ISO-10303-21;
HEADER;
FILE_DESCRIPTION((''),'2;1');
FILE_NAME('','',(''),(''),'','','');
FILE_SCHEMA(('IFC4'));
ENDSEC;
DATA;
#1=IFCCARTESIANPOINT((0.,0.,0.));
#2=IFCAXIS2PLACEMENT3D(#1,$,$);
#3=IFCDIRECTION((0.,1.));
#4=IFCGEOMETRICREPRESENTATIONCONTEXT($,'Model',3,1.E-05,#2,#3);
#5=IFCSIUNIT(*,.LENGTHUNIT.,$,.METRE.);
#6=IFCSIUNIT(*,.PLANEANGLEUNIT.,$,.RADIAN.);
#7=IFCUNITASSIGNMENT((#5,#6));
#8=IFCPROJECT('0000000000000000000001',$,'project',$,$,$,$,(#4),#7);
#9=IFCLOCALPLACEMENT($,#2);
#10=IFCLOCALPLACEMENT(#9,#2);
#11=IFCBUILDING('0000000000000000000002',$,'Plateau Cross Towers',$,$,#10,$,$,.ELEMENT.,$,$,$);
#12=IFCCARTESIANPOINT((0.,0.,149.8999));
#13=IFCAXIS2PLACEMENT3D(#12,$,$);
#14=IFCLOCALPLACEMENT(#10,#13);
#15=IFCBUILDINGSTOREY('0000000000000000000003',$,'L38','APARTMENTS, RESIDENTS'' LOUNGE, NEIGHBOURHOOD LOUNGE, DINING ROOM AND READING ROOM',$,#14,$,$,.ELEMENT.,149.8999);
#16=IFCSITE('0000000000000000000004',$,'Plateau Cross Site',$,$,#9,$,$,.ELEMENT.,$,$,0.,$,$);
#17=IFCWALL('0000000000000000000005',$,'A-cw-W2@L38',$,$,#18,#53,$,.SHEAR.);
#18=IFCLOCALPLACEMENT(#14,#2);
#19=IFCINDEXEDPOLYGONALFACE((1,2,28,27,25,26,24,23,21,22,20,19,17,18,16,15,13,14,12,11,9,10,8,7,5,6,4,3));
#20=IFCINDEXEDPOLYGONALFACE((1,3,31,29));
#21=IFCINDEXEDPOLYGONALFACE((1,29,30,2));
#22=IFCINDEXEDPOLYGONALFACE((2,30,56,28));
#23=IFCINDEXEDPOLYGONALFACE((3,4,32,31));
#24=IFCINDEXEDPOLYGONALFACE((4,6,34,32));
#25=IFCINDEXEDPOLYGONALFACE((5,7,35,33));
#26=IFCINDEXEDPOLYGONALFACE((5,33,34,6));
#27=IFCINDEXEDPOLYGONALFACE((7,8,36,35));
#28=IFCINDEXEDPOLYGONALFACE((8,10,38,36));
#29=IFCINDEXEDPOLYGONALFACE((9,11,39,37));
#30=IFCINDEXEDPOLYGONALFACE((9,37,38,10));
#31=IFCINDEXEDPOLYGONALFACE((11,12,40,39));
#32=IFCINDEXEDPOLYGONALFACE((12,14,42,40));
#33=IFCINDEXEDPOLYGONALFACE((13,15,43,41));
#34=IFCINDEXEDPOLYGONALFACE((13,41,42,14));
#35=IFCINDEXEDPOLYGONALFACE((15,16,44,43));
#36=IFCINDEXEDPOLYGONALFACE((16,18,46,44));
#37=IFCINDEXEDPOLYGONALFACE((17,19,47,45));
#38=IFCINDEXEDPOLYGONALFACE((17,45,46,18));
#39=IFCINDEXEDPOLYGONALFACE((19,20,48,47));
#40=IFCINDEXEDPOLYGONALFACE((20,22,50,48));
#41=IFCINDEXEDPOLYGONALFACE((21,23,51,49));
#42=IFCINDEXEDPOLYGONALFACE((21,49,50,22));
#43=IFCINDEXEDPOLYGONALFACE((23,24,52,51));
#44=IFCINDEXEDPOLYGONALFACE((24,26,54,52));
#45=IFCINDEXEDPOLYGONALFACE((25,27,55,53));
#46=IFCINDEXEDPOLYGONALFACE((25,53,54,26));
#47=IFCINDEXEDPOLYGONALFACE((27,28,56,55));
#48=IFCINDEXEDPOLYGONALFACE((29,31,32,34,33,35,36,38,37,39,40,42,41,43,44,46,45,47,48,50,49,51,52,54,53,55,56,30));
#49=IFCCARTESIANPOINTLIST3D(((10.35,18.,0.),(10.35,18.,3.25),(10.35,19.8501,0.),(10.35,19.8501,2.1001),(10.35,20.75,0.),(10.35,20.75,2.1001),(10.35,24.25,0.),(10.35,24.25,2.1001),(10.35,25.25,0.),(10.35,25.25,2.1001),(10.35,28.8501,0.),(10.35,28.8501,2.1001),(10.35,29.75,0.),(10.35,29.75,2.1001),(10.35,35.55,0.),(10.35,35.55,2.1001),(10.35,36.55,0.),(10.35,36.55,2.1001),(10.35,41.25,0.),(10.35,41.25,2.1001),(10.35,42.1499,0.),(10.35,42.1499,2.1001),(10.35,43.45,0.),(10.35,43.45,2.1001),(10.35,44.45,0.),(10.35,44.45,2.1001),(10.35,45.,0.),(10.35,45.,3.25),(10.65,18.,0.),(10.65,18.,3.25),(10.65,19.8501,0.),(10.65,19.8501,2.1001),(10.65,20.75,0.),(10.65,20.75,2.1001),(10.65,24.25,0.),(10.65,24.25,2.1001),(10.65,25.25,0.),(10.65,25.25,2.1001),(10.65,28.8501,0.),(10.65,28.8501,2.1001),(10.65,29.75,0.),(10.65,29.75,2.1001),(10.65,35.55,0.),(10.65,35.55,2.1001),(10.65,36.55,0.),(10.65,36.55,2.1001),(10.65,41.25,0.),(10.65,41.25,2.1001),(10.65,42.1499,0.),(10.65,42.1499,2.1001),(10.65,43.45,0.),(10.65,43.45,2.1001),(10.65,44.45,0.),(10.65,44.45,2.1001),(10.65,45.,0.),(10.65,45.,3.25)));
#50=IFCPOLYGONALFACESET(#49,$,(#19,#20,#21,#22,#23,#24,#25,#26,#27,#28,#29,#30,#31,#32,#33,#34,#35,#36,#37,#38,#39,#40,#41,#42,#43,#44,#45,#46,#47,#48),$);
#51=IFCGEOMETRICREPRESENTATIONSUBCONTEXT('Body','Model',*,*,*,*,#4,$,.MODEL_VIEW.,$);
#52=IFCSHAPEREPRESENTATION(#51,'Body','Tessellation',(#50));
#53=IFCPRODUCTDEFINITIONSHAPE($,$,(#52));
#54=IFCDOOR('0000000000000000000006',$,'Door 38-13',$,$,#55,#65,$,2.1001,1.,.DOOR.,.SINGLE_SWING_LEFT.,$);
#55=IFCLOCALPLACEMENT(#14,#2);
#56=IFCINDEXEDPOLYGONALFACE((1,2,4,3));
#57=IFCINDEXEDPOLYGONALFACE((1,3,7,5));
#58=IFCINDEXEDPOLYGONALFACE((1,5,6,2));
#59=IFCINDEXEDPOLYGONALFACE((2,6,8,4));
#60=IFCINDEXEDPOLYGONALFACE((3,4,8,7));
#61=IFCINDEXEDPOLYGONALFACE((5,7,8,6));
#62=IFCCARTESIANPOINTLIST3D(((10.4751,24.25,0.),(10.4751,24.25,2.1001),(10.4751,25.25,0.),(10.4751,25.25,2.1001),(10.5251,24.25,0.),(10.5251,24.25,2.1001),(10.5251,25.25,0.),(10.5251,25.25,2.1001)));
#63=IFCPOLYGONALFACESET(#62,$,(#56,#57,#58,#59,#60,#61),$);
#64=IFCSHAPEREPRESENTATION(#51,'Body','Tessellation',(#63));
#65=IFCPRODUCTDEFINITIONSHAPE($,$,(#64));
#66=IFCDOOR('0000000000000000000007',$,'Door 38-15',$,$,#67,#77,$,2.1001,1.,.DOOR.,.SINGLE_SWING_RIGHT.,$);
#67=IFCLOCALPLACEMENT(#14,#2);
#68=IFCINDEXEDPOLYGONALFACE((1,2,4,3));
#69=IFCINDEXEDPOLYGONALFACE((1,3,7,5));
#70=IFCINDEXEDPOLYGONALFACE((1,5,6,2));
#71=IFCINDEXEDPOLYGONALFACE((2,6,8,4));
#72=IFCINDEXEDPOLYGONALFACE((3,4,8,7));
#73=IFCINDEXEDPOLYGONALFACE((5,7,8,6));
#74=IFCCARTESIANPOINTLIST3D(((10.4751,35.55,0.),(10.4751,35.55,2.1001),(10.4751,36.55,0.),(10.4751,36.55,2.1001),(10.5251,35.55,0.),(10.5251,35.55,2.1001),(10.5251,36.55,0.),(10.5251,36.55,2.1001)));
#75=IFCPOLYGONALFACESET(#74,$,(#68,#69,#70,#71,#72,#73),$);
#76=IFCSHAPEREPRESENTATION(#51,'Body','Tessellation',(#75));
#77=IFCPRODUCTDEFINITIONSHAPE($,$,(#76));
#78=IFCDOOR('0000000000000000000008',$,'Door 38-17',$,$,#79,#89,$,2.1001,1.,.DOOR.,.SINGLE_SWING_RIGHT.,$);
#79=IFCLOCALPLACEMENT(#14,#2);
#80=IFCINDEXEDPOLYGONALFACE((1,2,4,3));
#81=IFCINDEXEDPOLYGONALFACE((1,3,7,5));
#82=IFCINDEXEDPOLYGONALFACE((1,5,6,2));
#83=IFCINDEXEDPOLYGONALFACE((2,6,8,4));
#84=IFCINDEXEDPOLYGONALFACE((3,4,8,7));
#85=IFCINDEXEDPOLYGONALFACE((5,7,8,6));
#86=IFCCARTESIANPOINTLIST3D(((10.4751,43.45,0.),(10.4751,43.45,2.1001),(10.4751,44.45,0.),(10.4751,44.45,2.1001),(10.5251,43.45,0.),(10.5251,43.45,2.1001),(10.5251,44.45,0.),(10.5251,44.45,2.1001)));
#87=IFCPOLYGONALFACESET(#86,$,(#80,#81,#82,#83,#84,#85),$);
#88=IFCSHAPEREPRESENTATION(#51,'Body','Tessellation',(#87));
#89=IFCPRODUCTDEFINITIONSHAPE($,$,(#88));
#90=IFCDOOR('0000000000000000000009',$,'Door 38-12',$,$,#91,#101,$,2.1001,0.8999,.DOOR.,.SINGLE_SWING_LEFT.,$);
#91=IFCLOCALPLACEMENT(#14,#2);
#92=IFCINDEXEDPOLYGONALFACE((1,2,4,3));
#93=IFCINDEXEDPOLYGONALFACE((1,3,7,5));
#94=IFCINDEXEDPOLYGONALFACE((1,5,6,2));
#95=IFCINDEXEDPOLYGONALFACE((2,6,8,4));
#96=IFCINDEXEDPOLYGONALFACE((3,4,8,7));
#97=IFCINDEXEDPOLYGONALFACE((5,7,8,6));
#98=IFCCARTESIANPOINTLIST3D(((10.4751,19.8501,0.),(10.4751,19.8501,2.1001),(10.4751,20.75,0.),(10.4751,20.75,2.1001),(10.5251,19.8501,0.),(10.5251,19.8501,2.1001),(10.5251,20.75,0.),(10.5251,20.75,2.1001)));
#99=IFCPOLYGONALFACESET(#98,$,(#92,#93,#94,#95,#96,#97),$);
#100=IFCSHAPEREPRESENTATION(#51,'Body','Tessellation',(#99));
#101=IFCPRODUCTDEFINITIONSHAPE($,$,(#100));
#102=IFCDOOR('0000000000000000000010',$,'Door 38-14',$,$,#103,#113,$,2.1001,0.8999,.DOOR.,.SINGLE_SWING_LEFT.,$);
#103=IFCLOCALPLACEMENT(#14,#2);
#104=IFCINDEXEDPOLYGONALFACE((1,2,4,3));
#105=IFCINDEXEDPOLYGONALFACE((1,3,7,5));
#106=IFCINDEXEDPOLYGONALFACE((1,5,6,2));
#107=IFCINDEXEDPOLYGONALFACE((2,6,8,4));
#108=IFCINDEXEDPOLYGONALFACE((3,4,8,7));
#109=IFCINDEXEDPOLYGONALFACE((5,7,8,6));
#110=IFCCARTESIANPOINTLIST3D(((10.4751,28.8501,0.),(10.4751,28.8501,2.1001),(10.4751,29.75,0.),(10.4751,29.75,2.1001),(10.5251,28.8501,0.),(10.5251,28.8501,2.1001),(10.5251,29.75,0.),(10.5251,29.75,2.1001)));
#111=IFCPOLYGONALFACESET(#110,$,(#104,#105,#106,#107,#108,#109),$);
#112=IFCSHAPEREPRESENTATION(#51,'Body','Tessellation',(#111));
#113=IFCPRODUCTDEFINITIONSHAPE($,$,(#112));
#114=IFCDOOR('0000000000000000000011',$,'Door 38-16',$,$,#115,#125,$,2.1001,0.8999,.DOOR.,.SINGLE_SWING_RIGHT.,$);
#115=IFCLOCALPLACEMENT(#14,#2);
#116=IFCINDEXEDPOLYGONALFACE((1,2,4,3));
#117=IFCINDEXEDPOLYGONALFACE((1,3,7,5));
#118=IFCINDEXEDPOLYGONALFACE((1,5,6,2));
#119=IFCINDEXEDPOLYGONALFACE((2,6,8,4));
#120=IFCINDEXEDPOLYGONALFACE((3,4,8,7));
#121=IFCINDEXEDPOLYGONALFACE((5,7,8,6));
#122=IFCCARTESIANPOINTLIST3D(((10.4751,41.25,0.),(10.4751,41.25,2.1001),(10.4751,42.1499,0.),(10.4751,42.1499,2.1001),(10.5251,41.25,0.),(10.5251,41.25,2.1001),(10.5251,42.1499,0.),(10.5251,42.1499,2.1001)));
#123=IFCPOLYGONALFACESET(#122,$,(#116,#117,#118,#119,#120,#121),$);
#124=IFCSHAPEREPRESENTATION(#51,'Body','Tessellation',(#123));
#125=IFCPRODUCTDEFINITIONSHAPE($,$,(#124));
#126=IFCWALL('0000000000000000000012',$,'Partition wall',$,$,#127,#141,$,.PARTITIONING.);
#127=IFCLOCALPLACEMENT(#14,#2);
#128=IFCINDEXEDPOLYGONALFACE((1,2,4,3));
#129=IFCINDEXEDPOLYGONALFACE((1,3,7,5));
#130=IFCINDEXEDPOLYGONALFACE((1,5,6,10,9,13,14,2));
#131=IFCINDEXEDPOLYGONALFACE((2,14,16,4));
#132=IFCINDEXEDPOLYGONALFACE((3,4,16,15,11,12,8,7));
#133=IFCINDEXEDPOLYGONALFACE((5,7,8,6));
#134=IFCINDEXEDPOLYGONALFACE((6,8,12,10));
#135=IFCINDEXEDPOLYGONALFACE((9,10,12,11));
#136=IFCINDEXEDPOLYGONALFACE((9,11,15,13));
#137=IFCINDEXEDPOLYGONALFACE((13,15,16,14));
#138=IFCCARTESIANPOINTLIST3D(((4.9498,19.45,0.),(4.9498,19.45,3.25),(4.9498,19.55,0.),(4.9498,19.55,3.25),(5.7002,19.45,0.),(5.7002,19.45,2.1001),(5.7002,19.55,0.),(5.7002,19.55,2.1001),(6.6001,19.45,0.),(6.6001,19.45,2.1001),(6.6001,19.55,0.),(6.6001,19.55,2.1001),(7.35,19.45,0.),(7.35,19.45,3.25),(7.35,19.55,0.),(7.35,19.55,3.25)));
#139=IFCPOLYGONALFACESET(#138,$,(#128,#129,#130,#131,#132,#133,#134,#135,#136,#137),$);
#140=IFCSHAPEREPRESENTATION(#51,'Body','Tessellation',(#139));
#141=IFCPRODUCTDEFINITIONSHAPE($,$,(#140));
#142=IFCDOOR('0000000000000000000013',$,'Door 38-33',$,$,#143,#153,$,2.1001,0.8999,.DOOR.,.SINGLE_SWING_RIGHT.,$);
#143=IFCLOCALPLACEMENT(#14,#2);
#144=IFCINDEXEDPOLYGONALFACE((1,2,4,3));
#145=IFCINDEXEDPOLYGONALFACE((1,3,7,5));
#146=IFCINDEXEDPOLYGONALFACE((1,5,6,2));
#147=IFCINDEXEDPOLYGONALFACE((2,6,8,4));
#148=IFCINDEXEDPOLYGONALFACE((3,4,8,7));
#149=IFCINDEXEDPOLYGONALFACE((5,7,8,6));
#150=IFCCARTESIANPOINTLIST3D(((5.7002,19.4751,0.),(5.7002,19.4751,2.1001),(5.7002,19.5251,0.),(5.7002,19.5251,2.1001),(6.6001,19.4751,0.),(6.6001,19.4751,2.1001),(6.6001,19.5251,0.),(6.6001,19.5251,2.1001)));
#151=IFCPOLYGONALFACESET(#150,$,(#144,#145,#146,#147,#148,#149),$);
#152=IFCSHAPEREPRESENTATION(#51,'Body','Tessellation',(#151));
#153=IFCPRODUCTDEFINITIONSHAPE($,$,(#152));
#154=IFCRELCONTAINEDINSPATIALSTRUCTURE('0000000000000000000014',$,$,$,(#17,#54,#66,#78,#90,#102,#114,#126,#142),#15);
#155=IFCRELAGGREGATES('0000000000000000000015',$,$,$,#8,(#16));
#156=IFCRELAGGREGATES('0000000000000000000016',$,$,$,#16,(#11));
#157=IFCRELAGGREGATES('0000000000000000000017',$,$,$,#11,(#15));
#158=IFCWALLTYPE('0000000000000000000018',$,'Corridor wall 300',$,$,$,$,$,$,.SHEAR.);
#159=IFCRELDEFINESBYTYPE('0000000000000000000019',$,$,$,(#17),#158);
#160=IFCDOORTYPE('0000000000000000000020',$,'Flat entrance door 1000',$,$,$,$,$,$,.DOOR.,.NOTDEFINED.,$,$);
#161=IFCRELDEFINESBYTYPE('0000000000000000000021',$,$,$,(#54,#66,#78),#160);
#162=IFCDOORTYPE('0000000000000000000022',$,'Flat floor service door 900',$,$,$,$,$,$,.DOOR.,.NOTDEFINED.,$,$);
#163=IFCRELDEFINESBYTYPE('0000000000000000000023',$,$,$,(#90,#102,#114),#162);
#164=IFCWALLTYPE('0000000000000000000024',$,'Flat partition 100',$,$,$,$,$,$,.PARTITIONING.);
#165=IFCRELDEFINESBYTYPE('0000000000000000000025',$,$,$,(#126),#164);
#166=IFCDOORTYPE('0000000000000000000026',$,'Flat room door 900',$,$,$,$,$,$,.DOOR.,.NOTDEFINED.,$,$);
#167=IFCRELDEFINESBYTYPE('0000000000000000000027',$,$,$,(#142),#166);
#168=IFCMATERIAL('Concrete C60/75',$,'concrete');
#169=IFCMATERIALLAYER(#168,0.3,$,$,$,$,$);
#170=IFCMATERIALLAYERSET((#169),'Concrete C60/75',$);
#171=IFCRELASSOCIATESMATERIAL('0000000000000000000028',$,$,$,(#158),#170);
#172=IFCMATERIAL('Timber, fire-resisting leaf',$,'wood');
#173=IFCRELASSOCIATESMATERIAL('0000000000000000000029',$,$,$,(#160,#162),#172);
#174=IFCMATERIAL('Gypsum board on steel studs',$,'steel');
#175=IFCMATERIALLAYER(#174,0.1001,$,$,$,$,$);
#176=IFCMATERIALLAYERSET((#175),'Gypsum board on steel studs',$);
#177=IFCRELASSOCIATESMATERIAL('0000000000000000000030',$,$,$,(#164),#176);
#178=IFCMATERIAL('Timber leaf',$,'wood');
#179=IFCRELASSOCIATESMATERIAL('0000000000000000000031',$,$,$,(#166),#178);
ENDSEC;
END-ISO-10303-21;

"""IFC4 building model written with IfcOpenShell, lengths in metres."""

from ifc_helpers import new_model, si_unit, direction, frame, frame_2d, origin, place, context, subcontext, project, spatial, rectangle, extrude, material, layer, layer_set, type_object, element, fill, save


model = new_model("IFC4")

# Units and contexts
model_context = context("Model", 3, precision=1e-05, world=origin(), true_north=direction((0.0, 1.0)))
body_context = subcontext(model_context, "Body", "Model", "MODEL_VIEW")
ifc_project = project(units=[si_unit("LENGTHUNIT", "METRE"), si_unit("PLANEANGLEUNIT", "RADIAN")], contexts=[model_context])

# Site, building, storey
site_placement = place(None, origin())
site = spatial("IfcSite", under=ifc_project, at=site_placement, Name="Plateau Cross Site", CompositionType="ELEMENT", RefElevation=0.0)
building_placement = place(site_placement, origin())
building = spatial("IfcBuilding", under=site, at=building_placement, Name="Plateau Cross Towers", CompositionType="ELEMENT")
storey_placement = place(building_placement, frame((0.0, 0.0, 149.8999)))
storey = spatial("IfcBuildingStorey", under=building, at=storey_placement, Name="L38", Description="APARTMENTS, RESIDENTS' LOUNGE, NEIGHBOURHOOD LOUNGE, DINING ROOM AND READING ROOM", CompositionType="ELEMENT", Elevation=149.8999)

# Shared definitions
ifc_material_1 = material(Name="Concrete C60/75", Category="concrete")

# Wall, openings, doors
ifc_layer_1 = layer(ifc_material_1, 0.3)
ifc_layer_set_1 = layer_set([ifc_layer_1], Name="Concrete C60/75")
wall_type_1 = type_object("IfcWallType", Name="Corridor wall 300", PredefinedType="SHEAR", material=ifc_layer_set_1)
ifc_material_2 = material(Name="Timber, fire-resisting leaf", Category="wood")
door_type_1 = type_object("IfcDoorType", Name="Flat entrance door 1000", OperationType="NOTDEFINED", PredefinedType="DOOR", material=ifc_material_2)
wall_1_placement = place(storey_placement, frame((10.5, 18.0, 0.0), z_axis=(0.0, 0.0, 1.0), x_axis=(0.0, 1.0, 0.0)))
wall_1 = element("IfcWall", 1, at=wall_1_placement, inside=storey, type_object=wall_type_1, Name="A-cw-W2@L38", PredefinedType="SHEAR", context=body_context, shape_type="SweptSolid", body=[
    extrude(rectangle(XDim=27.0, YDim=0.3, at=frame_2d((13.5, 0.0))), origin(), (0.0, 0.0, 1.0), 3.25),
])
opening_1_placement = place(wall_1_placement, frame((1.8501, 0.0, 0.0)))
opening_1 = element("IfcOpeningElement", 2, at=opening_1_placement, cuts=wall_1, PredefinedType="OPENING", context=body_context, shape_type="SweptSolid", body=[
    extrude(rectangle(XDim=0.8999, YDim=2.1001, at=frame_2d((0.45, 1.05))), frame((0.0, 0.1599, 0.0), z_axis=(0.0, -1.0, 0.0), x_axis=(1.0, 0.0, 0.0)), (0.0, 0.0, 1.0), 0.3201),
])
opening_2_placement = place(wall_1_placement, frame((6.25, 0.0, 0.0)))
opening_2 = element("IfcOpeningElement", 3, at=opening_2_placement, cuts=wall_1, PredefinedType="OPENING", context=body_context, shape_type="SweptSolid", body=[
    extrude(rectangle(XDim=1.0, YDim=2.1001, at=frame_2d((0.5, 1.05))), frame((0.0, 0.1599, 0.0), z_axis=(0.0, -1.0, 0.0), x_axis=(1.0, 0.0, 0.0)), (0.0, 0.0, 1.0), 0.3201),
])
opening_3_placement = place(wall_1_placement, frame((10.8501, 0.0, 0.0)))
opening_3 = element("IfcOpeningElement", 4, at=opening_3_placement, cuts=wall_1, PredefinedType="OPENING", context=body_context, shape_type="SweptSolid", body=[
    extrude(rectangle(XDim=0.8999, YDim=2.1001, at=frame_2d((0.45, 1.05))), frame((0.0, 0.1599, 0.0), z_axis=(0.0, -1.0, 0.0), x_axis=(1.0, 0.0, 0.0)), (0.0, 0.0, 1.0), 0.3201),
])
opening_4_placement = place(wall_1_placement, frame((17.55, 0.0, 0.0)))
opening_4 = element("IfcOpeningElement", 5, at=opening_4_placement, cuts=wall_1, PredefinedType="OPENING", context=body_context, shape_type="SweptSolid", body=[
    extrude(rectangle(XDim=1.0, YDim=2.1001, at=frame_2d((0.5, 1.05))), frame((0.0, 0.1599, 0.0), z_axis=(0.0, -1.0, 0.0), x_axis=(1.0, 0.0, 0.0)), (0.0, 0.0, 1.0), 0.3201),
])
opening_5_placement = place(wall_1_placement, frame((23.25, 0.0, 0.0)))
opening_5 = element("IfcOpeningElement", 6, at=opening_5_placement, cuts=wall_1, PredefinedType="OPENING", context=body_context, shape_type="SweptSolid", body=[
    extrude(rectangle(XDim=0.8999, YDim=2.1001, at=frame_2d((0.45, 1.05))), frame((0.0, 0.1599, 0.0), z_axis=(0.0, -1.0, 0.0), x_axis=(1.0, 0.0, 0.0)), (0.0, 0.0, 1.0), 0.3201),
])
opening_6_placement = place(wall_1_placement, frame((25.45, 0.0, 0.0)))
opening_6 = element("IfcOpeningElement", 7, at=opening_6_placement, cuts=wall_1, PredefinedType="OPENING", context=body_context, shape_type="SweptSolid", body=[
    extrude(rectangle(XDim=1.0, YDim=2.1001, at=frame_2d((0.5, 1.05))), frame((0.0, 0.1599, 0.0), z_axis=(0.0, -1.0, 0.0), x_axis=(1.0, 0.0, 0.0)), (0.0, 0.0, 1.0), 0.3201),
])
door_1_placement = place(opening_2_placement, origin())
door_1 = element("IfcDoor", 8, at=door_1_placement, inside=storey, type_object=door_type_1, Name="Door 38-13", OperationType="SINGLE_SWING_LEFT", OverallHeight=2.1001, OverallWidth=1.0, PredefinedType="DOOR", context=body_context, shape_type="SweptSolid", body=[
    extrude(rectangle(XDim=1.0, YDim=2.1001, at=frame_2d((0.5, 1.05))), frame((0.0, 0.0249, 0.0), z_axis=(0.0, -1.0, 0.0), x_axis=(1.0, 0.0, 0.0)), (0.0, 0.0, 1.0), 0.05),
])
fill(opening_2, door_1)
door_2_placement = place(opening_4_placement, origin())
door_2 = element("IfcDoor", 9, at=door_2_placement, inside=storey, type_object=door_type_1, Name="Door 38-15", OperationType="SINGLE_SWING_RIGHT", OverallHeight=2.1001, OverallWidth=1.0, PredefinedType="DOOR", context=body_context, shape_type="SweptSolid", body=[
    extrude(rectangle(XDim=1.0, YDim=2.1001, at=frame_2d((0.5, 1.05))), frame((0.0, 0.0249, 0.0), z_axis=(0.0, -1.0, 0.0), x_axis=(1.0, 0.0, 0.0)), (0.0, 0.0, 1.0), 0.05),
])
fill(opening_4, door_2)
door_3_placement = place(opening_6_placement, origin())
door_3 = element("IfcDoor", 10, at=door_3_placement, inside=storey, type_object=door_type_1, Name="Door 38-17", OperationType="SINGLE_SWING_RIGHT", OverallHeight=2.1001, OverallWidth=1.0, PredefinedType="DOOR", context=body_context, shape_type="SweptSolid", body=[
    extrude(rectangle(XDim=1.0, YDim=2.1001, at=frame_2d((0.5, 1.05))), frame((0.0, 0.0249, 0.0), z_axis=(0.0, -1.0, 0.0), x_axis=(1.0, 0.0, 0.0)), (0.0, 0.0, 1.0), 0.05),
])
fill(opening_6, door_3)
door_type_2 = type_object("IfcDoorType", Name="Flat floor service door 900", OperationType="NOTDEFINED", PredefinedType="DOOR", material=ifc_material_2)
door_4_placement = place(opening_1_placement, origin())
door_4 = element("IfcDoor", 11, at=door_4_placement, inside=storey, type_object=door_type_2, Name="Door 38-12", OperationType="SINGLE_SWING_LEFT", OverallHeight=2.1001, OverallWidth=0.8999, PredefinedType="DOOR", context=body_context, shape_type="SweptSolid", body=[
    extrude(rectangle(XDim=0.8999, YDim=2.1001, at=frame_2d((0.45, 1.05))), frame((0.0, 0.0249, 0.0), z_axis=(0.0, -1.0, 0.0), x_axis=(1.0, 0.0, 0.0)), (0.0, 0.0, 1.0), 0.05),
])
fill(opening_1, door_4)
door_5_placement = place(opening_3_placement, origin())
door_5 = element("IfcDoor", 12, at=door_5_placement, inside=storey, type_object=door_type_2, Name="Door 38-14", OperationType="SINGLE_SWING_LEFT", OverallHeight=2.1001, OverallWidth=0.8999, PredefinedType="DOOR", context=body_context, shape_type="SweptSolid", body=[
    extrude(rectangle(XDim=0.8999, YDim=2.1001, at=frame_2d((0.45, 1.05))), frame((0.0, 0.0249, 0.0), z_axis=(0.0, -1.0, 0.0), x_axis=(1.0, 0.0, 0.0)), (0.0, 0.0, 1.0), 0.05),
])
fill(opening_3, door_5)
door_6_placement = place(opening_5_placement, origin())
door_6 = element("IfcDoor", 13, at=door_6_placement, inside=storey, type_object=door_type_2, Name="Door 38-16", OperationType="SINGLE_SWING_RIGHT", OverallHeight=2.1001, OverallWidth=0.8999, PredefinedType="DOOR", context=body_context, shape_type="SweptSolid", body=[
    extrude(rectangle(XDim=0.8999, YDim=2.1001, at=frame_2d((0.45, 1.05))), frame((0.0, 0.0249, 0.0), z_axis=(0.0, -1.0, 0.0), x_axis=(1.0, 0.0, 0.0)), (0.0, 0.0, 1.0), 0.05),
])
fill(opening_5, door_6)

# Wall, opening, door
ifc_material_3 = material(Name="Gypsum board on steel studs", Category="steel")
ifc_layer_2 = layer(ifc_material_3, 0.1001)
ifc_layer_set_2 = layer_set([ifc_layer_2], Name="Gypsum board on steel studs")
wall_type_2 = type_object("IfcWallType", Name="Flat partition 100", PredefinedType="PARTITIONING", material=ifc_layer_set_2)
wall_2_placement = place(storey_placement, frame((7.3501, 19.5, 0.0), z_axis=(0.0, 0.0, 1.0), x_axis=(-1.0, 0.0, 0.0)))
wall_2 = element("IfcWall", 14, at=wall_2_placement, inside=storey, type_object=wall_type_2, Name="Partition wall", PredefinedType="PARTITIONING", context=body_context, shape_type="SweptSolid", body=[
    extrude(rectangle(XDim=2.4001, YDim=0.1001, at=frame_2d((1.2002, 0.0))), origin(), (0.0, 0.0, 1.0), 3.25),
])
opening_7_placement = place(wall_2_placement, frame((0.75, 0.0, 0.0)))
opening_7 = element("IfcOpeningElement", 15, at=opening_7_placement, cuts=wall_2, PredefinedType="OPENING", context=body_context, shape_type="SweptSolid", body=[
    extrude(rectangle(XDim=0.8999, YDim=2.1001, at=frame_2d((0.45, 1.05))), frame((0.0, 0.0601, 0.0), z_axis=(0.0, -1.0, 0.0), x_axis=(1.0, 0.0, 0.0)), (0.0, 0.0, 1.0), 0.1201),
])
ifc_material_4 = material(Name="Timber leaf", Category="wood")
door_type_3 = type_object("IfcDoorType", Name="Flat room door 900", OperationType="NOTDEFINED", PredefinedType="DOOR", material=ifc_material_4)
door_7_placement = place(opening_7_placement, origin())
door_7 = element("IfcDoor", 16, at=door_7_placement, inside=storey, type_object=door_type_3, Name="Door 38-33", OperationType="SINGLE_SWING_RIGHT", OverallHeight=2.1001, OverallWidth=0.8999, PredefinedType="DOOR", context=body_context, shape_type="SweptSolid", body=[
    extrude(rectangle(XDim=0.8999, YDim=2.1001, at=frame_2d((0.45, 1.05))), frame((0.0, 0.0249, 0.0), z_axis=(0.0, -1.0, 0.0), x_axis=(1.0, 0.0, 0.0)), (0.0, 0.0, 1.0), 0.05),
])
fill(opening_7, door_7)

save(model, "model.ifc")
